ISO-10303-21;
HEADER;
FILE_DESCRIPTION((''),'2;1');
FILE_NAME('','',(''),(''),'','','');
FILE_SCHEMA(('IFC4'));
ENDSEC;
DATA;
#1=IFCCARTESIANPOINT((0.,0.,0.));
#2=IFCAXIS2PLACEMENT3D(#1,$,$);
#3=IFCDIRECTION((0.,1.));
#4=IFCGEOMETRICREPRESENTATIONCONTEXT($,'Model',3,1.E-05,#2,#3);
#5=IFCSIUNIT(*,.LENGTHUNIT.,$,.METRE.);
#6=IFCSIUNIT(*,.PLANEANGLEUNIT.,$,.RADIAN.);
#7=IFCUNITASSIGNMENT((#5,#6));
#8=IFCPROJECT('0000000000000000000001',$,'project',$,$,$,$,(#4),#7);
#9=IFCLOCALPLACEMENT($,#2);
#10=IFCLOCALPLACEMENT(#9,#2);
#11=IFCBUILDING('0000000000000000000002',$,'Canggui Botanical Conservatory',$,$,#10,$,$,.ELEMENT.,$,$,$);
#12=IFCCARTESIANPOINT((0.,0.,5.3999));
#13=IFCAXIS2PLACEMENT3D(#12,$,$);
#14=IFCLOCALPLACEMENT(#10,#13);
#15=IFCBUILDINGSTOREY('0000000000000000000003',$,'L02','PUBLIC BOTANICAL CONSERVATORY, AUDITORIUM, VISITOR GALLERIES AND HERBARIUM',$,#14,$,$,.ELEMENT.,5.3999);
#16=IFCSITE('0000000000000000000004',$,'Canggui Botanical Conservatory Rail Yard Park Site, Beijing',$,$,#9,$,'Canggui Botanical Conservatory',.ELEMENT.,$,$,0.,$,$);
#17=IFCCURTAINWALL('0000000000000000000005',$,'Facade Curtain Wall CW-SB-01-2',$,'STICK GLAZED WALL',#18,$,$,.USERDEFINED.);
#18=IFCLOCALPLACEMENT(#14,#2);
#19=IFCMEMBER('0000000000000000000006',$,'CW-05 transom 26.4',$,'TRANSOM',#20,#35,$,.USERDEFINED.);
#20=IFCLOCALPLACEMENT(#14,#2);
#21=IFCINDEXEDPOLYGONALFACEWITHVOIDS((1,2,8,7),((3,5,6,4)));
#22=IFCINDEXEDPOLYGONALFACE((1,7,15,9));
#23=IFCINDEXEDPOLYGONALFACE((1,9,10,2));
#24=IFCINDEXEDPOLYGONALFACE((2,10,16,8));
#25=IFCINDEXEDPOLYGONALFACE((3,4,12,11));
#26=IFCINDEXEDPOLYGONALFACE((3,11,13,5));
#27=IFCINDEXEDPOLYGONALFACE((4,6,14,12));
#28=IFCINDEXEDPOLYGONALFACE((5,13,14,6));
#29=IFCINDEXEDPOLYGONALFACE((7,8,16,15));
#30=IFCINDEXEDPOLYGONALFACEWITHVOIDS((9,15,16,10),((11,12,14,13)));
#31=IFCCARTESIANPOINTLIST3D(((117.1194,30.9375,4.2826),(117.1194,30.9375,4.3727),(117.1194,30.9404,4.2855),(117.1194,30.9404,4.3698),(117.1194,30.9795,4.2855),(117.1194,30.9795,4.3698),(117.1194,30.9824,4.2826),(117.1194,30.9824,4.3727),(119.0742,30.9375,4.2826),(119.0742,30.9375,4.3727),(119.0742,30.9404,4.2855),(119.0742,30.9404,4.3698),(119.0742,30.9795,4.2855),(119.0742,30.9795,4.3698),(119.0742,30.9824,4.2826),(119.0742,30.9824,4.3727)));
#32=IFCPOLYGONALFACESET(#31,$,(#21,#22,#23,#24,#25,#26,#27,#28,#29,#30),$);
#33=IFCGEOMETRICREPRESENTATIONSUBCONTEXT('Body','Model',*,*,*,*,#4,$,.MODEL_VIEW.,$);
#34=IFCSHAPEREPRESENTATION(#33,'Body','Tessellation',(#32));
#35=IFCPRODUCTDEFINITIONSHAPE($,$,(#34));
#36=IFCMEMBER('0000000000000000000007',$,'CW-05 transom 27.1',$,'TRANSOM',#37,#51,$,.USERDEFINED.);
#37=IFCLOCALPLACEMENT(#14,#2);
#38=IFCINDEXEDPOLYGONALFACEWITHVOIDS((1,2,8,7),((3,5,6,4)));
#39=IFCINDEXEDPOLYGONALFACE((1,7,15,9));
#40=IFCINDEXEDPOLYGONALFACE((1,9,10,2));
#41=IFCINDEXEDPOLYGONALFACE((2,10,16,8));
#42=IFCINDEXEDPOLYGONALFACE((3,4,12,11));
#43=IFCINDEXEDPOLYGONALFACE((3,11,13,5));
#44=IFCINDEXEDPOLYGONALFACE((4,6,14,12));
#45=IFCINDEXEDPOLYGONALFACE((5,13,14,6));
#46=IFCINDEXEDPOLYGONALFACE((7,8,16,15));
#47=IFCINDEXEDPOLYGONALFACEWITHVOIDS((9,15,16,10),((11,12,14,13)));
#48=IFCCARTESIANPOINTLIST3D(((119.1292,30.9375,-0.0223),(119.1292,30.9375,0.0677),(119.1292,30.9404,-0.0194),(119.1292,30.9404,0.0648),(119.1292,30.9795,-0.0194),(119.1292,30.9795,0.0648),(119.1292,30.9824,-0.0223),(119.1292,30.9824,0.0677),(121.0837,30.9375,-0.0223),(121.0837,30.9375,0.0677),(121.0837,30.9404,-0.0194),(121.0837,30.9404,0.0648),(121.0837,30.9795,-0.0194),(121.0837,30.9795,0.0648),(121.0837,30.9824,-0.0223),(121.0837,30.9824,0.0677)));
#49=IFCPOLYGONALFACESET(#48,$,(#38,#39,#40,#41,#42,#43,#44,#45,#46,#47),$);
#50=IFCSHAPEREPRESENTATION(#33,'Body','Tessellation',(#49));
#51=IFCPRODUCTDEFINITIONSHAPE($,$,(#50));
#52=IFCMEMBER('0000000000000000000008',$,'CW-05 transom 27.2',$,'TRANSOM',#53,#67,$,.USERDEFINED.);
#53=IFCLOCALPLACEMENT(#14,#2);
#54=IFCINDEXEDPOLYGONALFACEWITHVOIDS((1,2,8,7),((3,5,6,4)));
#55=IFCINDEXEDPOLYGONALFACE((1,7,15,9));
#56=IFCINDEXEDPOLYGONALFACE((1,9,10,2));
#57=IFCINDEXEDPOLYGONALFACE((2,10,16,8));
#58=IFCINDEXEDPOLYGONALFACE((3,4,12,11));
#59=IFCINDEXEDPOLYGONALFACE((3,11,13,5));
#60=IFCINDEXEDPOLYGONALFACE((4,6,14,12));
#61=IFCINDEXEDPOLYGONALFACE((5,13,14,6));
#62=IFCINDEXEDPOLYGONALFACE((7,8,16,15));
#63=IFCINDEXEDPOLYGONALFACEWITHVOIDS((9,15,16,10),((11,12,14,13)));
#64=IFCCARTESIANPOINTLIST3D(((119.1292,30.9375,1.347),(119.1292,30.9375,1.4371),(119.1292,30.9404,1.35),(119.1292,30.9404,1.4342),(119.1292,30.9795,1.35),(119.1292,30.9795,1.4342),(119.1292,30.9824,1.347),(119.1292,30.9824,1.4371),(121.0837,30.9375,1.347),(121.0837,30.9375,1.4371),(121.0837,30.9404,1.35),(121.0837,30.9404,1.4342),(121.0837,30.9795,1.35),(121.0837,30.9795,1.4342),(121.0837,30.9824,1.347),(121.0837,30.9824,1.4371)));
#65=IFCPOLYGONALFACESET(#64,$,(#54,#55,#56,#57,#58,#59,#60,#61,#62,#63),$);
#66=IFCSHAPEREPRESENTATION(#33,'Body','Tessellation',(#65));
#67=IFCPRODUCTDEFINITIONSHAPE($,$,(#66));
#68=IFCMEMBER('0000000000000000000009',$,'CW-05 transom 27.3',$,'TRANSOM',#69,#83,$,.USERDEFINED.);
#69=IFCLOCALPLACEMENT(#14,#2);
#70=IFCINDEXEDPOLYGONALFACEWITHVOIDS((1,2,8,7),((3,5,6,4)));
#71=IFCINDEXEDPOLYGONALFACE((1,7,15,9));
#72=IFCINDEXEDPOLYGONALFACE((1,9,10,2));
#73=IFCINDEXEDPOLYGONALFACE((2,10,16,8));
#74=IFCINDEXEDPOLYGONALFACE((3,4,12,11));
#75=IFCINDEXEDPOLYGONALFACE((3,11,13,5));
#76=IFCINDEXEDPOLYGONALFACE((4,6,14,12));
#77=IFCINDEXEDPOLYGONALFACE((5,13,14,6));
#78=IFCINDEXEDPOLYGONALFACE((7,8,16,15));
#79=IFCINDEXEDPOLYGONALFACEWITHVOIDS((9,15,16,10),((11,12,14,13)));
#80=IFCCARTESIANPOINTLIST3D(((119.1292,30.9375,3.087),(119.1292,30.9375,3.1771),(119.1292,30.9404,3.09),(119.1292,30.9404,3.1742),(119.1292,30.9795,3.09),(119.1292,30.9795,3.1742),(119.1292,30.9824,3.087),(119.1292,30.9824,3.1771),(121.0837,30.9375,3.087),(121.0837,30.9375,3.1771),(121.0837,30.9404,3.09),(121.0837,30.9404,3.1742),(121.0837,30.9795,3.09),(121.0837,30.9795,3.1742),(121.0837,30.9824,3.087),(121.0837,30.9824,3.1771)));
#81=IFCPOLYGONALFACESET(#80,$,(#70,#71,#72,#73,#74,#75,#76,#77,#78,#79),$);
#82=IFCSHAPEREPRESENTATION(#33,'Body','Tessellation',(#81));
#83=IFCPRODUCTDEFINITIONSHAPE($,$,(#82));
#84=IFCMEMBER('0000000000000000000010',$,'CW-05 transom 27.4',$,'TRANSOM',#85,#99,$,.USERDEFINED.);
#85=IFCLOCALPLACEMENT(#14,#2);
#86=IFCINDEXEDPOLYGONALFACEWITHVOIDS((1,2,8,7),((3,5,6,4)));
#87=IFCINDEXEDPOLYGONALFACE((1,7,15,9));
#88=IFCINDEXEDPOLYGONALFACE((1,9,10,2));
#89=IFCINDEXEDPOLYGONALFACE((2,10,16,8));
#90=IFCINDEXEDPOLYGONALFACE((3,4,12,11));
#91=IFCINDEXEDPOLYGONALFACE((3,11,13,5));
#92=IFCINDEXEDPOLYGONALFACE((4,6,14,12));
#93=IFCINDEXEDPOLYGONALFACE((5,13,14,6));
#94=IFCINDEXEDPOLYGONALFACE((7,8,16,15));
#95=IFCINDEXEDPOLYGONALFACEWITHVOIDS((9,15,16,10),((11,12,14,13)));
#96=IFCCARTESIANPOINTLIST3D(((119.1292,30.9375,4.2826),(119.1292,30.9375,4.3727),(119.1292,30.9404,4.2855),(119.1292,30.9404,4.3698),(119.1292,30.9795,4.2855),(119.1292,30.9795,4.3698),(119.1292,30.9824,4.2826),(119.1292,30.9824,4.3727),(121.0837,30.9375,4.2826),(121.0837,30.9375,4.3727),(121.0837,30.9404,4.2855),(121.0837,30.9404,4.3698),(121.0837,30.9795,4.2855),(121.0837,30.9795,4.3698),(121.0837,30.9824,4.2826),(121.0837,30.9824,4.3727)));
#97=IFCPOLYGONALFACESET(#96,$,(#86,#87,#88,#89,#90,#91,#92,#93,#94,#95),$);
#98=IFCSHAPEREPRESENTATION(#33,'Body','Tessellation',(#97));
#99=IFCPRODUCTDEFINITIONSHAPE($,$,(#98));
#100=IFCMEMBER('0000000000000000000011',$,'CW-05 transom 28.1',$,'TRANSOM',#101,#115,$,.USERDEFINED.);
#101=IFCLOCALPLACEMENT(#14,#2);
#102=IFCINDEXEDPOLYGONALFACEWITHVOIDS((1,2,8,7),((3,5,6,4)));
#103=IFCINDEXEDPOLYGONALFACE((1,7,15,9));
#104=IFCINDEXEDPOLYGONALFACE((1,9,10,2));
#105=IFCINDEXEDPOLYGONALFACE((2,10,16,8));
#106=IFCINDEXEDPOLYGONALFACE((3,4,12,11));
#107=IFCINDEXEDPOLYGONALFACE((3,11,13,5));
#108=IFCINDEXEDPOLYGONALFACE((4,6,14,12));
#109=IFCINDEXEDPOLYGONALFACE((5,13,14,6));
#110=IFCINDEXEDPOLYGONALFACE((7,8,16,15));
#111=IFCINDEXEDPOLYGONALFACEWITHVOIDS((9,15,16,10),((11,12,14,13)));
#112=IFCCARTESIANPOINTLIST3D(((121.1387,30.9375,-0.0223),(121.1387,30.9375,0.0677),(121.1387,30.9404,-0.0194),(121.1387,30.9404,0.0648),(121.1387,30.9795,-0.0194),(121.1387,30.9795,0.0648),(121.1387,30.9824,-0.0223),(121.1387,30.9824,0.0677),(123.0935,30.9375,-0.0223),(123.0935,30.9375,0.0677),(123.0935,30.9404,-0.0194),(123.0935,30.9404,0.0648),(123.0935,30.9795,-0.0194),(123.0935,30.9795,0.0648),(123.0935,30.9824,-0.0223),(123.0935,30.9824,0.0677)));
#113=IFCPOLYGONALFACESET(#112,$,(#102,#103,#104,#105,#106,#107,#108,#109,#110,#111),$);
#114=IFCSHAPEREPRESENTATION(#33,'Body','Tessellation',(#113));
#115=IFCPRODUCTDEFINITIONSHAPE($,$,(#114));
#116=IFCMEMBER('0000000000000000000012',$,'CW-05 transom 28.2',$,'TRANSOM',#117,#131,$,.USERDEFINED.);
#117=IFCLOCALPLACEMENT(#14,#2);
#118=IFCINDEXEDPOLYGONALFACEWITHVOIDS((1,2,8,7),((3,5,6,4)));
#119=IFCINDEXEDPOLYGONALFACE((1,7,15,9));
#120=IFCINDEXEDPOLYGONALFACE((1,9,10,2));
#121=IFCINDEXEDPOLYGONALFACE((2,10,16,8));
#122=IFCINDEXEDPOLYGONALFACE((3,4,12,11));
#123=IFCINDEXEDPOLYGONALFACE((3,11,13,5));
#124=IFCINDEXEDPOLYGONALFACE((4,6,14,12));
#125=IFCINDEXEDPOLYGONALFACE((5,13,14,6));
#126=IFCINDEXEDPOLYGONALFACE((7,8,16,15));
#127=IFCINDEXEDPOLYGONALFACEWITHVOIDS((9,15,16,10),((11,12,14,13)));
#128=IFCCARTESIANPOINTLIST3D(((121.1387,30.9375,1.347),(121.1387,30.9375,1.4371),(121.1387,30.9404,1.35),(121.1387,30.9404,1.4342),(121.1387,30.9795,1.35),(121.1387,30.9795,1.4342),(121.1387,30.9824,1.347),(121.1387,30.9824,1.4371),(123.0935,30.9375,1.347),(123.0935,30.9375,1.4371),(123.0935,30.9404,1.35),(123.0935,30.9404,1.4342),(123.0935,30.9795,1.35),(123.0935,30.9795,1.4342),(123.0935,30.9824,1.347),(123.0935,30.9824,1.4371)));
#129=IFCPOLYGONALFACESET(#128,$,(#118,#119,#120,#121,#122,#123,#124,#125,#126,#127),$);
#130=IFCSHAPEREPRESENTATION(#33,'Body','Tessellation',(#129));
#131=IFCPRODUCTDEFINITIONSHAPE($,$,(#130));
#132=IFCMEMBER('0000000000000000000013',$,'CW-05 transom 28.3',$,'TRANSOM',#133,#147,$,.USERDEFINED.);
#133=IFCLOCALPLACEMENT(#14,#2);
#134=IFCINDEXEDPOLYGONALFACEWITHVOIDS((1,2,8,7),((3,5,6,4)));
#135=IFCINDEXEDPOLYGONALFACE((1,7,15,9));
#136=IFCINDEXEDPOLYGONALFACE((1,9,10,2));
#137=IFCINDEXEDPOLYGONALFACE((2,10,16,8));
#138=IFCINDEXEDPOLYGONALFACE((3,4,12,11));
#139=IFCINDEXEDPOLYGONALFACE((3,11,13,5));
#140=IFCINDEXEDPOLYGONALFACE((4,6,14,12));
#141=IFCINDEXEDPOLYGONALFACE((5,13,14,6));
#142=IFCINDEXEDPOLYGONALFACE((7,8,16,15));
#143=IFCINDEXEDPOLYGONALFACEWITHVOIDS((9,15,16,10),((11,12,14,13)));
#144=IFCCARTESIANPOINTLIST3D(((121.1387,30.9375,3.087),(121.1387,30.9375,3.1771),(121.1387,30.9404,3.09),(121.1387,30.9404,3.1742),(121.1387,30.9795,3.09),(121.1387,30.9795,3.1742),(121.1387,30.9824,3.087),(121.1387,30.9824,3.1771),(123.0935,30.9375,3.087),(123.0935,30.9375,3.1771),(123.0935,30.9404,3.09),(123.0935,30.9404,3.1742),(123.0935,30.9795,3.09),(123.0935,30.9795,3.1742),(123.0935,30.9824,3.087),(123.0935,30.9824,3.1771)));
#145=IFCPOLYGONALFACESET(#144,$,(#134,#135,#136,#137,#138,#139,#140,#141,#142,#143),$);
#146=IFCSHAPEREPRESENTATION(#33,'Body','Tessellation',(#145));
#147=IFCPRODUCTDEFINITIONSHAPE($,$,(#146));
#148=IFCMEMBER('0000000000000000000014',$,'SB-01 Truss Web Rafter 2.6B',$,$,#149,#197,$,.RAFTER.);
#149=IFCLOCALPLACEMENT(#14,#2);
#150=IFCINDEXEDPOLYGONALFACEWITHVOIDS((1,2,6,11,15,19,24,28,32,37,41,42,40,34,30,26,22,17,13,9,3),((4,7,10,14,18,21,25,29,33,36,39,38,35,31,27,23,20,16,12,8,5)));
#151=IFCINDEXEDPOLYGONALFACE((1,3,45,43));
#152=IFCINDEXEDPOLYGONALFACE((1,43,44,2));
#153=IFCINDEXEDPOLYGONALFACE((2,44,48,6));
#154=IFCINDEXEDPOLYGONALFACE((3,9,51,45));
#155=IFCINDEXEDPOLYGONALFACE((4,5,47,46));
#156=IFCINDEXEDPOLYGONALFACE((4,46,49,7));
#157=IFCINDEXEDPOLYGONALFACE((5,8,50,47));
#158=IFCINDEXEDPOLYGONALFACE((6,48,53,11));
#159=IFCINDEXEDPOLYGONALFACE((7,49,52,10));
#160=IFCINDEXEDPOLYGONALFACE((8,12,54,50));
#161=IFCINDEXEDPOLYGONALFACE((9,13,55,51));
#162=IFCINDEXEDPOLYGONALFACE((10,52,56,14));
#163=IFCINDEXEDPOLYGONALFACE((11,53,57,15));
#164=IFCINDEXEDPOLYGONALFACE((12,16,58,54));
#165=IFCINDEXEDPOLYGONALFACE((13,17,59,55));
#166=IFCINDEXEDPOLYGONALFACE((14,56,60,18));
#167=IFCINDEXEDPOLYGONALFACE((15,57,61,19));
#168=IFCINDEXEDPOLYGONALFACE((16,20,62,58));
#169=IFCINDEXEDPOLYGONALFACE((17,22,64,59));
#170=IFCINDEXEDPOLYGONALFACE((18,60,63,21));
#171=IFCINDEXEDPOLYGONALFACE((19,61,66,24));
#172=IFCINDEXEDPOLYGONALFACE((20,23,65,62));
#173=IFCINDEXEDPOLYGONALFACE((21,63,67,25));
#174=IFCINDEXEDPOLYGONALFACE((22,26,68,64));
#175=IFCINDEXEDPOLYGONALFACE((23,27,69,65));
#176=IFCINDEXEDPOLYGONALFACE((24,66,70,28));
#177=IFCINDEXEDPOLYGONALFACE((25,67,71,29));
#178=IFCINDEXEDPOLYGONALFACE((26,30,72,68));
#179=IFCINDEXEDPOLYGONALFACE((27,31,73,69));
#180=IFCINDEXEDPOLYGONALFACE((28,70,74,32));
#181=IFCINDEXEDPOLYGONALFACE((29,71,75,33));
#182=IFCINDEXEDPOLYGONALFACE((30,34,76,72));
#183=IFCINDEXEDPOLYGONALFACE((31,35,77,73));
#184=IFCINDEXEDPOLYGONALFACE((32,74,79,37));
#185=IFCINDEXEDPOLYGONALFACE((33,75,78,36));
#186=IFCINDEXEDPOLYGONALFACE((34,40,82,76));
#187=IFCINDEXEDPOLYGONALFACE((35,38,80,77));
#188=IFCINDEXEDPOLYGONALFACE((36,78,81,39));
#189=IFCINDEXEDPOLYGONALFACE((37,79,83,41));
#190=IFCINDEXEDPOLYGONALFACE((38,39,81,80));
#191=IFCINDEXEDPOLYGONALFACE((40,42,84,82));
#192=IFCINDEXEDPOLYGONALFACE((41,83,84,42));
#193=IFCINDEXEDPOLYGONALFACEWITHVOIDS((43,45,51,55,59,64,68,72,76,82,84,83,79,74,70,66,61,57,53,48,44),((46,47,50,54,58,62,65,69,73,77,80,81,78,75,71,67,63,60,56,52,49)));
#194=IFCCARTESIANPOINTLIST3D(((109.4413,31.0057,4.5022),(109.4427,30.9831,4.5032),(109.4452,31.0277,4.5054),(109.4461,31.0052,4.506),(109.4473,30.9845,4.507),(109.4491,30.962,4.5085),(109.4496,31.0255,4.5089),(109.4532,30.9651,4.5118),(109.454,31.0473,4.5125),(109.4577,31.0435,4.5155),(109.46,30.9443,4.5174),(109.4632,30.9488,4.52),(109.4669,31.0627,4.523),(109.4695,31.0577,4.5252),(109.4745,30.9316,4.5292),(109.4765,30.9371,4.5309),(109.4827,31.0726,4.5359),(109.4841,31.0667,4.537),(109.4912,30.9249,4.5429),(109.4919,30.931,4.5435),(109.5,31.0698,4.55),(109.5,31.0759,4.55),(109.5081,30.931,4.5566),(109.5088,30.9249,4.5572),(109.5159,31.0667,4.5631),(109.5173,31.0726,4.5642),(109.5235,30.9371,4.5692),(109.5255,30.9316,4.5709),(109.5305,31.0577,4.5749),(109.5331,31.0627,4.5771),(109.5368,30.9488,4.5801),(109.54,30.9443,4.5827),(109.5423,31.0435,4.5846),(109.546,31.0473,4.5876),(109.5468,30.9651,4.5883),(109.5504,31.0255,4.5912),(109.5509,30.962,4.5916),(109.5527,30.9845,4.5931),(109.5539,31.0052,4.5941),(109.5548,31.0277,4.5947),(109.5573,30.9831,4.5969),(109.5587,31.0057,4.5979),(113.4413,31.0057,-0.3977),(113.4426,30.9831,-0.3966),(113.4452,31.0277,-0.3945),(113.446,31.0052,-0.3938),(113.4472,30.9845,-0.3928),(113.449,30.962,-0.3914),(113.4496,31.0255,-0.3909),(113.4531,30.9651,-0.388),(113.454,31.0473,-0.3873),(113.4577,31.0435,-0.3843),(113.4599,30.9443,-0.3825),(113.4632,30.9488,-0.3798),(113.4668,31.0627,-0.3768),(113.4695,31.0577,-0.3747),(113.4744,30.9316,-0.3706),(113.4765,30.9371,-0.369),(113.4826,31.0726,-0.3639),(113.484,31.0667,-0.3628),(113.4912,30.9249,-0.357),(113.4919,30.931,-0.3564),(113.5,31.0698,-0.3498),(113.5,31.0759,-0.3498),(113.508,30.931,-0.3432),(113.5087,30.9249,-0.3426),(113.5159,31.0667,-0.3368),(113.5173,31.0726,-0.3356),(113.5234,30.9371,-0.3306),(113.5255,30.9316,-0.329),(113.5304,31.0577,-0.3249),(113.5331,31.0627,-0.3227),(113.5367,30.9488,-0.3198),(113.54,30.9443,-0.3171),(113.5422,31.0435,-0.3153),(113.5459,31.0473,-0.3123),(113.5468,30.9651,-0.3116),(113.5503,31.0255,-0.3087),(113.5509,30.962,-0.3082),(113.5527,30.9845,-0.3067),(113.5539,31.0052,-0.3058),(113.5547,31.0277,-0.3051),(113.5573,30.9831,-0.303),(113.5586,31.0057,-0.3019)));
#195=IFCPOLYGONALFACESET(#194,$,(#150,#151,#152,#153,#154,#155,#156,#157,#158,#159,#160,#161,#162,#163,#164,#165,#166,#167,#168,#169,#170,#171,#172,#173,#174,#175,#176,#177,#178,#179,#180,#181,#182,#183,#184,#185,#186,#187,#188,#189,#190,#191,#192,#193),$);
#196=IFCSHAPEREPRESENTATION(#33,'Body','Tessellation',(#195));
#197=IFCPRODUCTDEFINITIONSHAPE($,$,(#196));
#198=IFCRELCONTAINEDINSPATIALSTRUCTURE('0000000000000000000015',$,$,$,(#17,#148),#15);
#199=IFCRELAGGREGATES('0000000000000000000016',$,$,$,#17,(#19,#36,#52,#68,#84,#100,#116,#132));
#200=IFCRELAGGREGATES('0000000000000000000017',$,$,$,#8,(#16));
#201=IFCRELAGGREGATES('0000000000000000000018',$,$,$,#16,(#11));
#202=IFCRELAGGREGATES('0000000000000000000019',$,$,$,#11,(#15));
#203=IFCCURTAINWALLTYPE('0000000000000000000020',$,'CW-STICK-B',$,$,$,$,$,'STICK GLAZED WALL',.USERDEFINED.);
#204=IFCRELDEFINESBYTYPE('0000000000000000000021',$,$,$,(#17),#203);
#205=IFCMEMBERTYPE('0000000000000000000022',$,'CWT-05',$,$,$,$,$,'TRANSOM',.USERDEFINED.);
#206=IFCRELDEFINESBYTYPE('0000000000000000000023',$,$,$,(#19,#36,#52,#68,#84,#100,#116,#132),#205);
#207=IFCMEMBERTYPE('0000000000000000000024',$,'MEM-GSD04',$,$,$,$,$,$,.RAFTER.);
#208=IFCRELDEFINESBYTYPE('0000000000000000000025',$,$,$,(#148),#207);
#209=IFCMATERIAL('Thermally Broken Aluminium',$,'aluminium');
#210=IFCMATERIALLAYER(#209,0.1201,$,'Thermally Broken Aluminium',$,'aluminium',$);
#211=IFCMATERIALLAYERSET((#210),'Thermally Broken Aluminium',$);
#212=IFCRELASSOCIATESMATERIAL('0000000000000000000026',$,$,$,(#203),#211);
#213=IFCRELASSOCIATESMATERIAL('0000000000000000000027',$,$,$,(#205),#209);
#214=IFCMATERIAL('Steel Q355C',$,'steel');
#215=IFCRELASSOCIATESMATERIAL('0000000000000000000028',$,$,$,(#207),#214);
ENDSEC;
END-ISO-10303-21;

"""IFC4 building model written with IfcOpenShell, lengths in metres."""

from ifc_helpers import new_model, si_unit, direction, frame, origin, origin_2d, place, context, subcontext, project, spatial, hollow_rectangle, hollow_circle, extrude, material, layer, layer_set, material_profile, profile_set, type_object, element, aggregate, save


model = new_model("IFC4")

# Units and contexts
model_context = context("Model", 3, precision=1e-05, world=origin(), true_north=direction((0.0, 1.0)))
body_context = subcontext(model_context, "Body", "Model", "MODEL_VIEW")
ifc_project = project(units=[si_unit("LENGTHUNIT", "METRE"), si_unit("PLANEANGLEUNIT", "RADIAN")], contexts=[model_context])

# Site, building, storey
site_placement = place(None, origin())
site = spatial("IfcSite", under=ifc_project, at=site_placement, Name="Canggui Botanical Conservatory Rail Yard Park Site, Beijing", LongName="Canggui Botanical Conservatory", CompositionType="ELEMENT", RefElevation=0.0)
building_placement = place(site_placement, origin())
building = spatial("IfcBuilding", under=site, at=building_placement, Name="Canggui Botanical Conservatory", CompositionType="ELEMENT")
storey_placement = place(building_placement, frame((0.0, 0.0, 5.3999)))
storey = spatial("IfcBuildingStorey", under=building, at=storey_placement, Name="L02", Description="PUBLIC BOTANICAL CONSERVATORY, AUDITORIUM, VISITOR GALLERIES AND HERBARIUM", CompositionType="ELEMENT", Elevation=5.3999)

# Curtain wall, members
ifc_material_1 = material(Name="Thermally Broken Aluminium", Category="aluminium")
ifc_layer_1 = layer(ifc_material_1, 0.1201, Name="Thermally Broken Aluminium", Category="aluminium")
ifc_layer_set_1 = layer_set([ifc_layer_1], Name="Thermally Broken Aluminium")
curtain_wall_type = type_object("IfcCurtainWallType", Name="CW-STICK-B", ElementType="STICK GLAZED WALL", PredefinedType="USERDEFINED", material=ifc_layer_set_1)
curtain_wall_placement = place(storey_placement, origin())
curtain_wall = element("IfcCurtainWall", 1, at=curtain_wall_placement, inside=storey, type_object=curtain_wall_type, Name="Facade Curtain Wall CW-SB-01-2", ObjectType="STICK GLAZED WALL", PredefinedType="USERDEFINED")
ifc_material_profile_1 = material_profile(ifc_material_1, hollow_rectangle(XDim=0.0449, YDim=0.0901, WallThickness=0.0029, at=origin_2d()), Name="CWT 45x90x3")
ifc_profile_set_1 = profile_set([ifc_material_profile_1], Name="Thermally Broken Aluminium")
member_type_1 = type_object("IfcMemberType", Name="CWT-05", ElementType="TRANSOM", PredefinedType="USERDEFINED", material=ifc_profile_set_1)
member_1_placement = place(storey_placement, frame((117.1194, 30.96, 4.3276), z_axis=(1.0, 0.0, 0.0), x_axis=(0.0, 1.0, 0.0)))
member_1 = element("IfcMember", 2, at=member_1_placement, type_object=member_type_1, Name="CW-05 transom 26.4", ObjectType="TRANSOM", PredefinedType="USERDEFINED", context=body_context, shape_type="SweptSolid", body=[
    extrude(hollow_rectangle(XDim=0.0449, YDim=0.0901, WallThickness=0.0029, at=origin_2d()), origin(), (0.0, 0.0, 1.0), 1.9548),
])
member_2_placement = place(storey_placement, frame((119.1292, 30.96, 0.0227), z_axis=(1.0, 0.0, 0.0), x_axis=(0.0, 1.0, 0.0)))
member_2 = element("IfcMember", 3, at=member_2_placement, type_object=member_type_1, Name="CW-05 transom 27.1", ObjectType="TRANSOM", PredefinedType="USERDEFINED", context=body_context, shape_type="SweptSolid", body=[
    extrude(hollow_rectangle(XDim=0.0449, YDim=0.0901, WallThickness=0.0029, at=origin_2d()), origin(), (0.0, 0.0, 1.0), 1.9546),
])
member_3_placement = place(storey_placement, frame((119.1292, 30.96, 1.3921), z_axis=(1.0, 0.0, 0.0), x_axis=(0.0, 1.0, 0.0)))
member_3 = element("IfcMember", 4, at=member_3_placement, type_object=member_type_1, Name="CW-05 transom 27.2", ObjectType="TRANSOM", PredefinedType="USERDEFINED", context=body_context, shape_type="SweptSolid", body=[
    extrude(hollow_rectangle(XDim=0.0449, YDim=0.0901, WallThickness=0.0029, at=origin_2d()), origin(), (0.0, 0.0, 1.0), 1.9546),
])
member_4_placement = place(storey_placement, frame((119.1292, 30.96, 3.1321), z_axis=(1.0, 0.0, 0.0), x_axis=(0.0, 1.0, 0.0)))
member_4 = element("IfcMember", 5, at=member_4_placement, type_object=member_type_1, Name="CW-05 transom 27.3", ObjectType="TRANSOM", PredefinedType="USERDEFINED", context=body_context, shape_type="SweptSolid", body=[
    extrude(hollow_rectangle(XDim=0.0449, YDim=0.0901, WallThickness=0.0029, at=origin_2d()), origin(), (0.0, 0.0, 1.0), 1.9546),
])
member_5_placement = place(storey_placement, frame((119.1292, 30.96, 4.3276), z_axis=(1.0, 0.0, 0.0), x_axis=(0.0, 1.0, 0.0)))
member_5 = element("IfcMember", 6, at=member_5_placement, type_object=member_type_1, Name="CW-05 transom 27.4", ObjectType="TRANSOM", PredefinedType="USERDEFINED", context=body_context, shape_type="SweptSolid", body=[
    extrude(hollow_rectangle(XDim=0.0449, YDim=0.0901, WallThickness=0.0029, at=origin_2d()), origin(), (0.0, 0.0, 1.0), 1.9546),
])
member_6_placement = place(storey_placement, frame((121.1387, 30.96, 0.0227), z_axis=(1.0, 0.0, 0.0), x_axis=(0.0, 1.0, 0.0)))
member_6 = element("IfcMember", 7, at=member_6_placement, type_object=member_type_1, Name="CW-05 transom 28.1", ObjectType="TRANSOM", PredefinedType="USERDEFINED", context=body_context, shape_type="SweptSolid", body=[
    extrude(hollow_rectangle(XDim=0.0449, YDim=0.0901, WallThickness=0.0029, at=origin_2d()), origin(), (0.0, 0.0, 1.0), 1.9548),
])
member_7_placement = place(storey_placement, frame((121.1387, 30.96, 1.3921), z_axis=(1.0, 0.0, 0.0), x_axis=(0.0, 1.0, 0.0)))
member_7 = element("IfcMember", 8, at=member_7_placement, type_object=member_type_1, Name="CW-05 transom 28.2", ObjectType="TRANSOM", PredefinedType="USERDEFINED", context=body_context, shape_type="SweptSolid", body=[
    extrude(hollow_rectangle(XDim=0.0449, YDim=0.0901, WallThickness=0.0029, at=origin_2d()), origin(), (0.0, 0.0, 1.0), 1.9548),
])
member_8_placement = place(storey_placement, frame((121.1387, 30.96, 3.1321), z_axis=(1.0, 0.0, 0.0), x_axis=(0.0, 1.0, 0.0)))
member_8 = element("IfcMember", 9, at=member_8_placement, type_object=member_type_1, Name="CW-05 transom 28.3", ObjectType="TRANSOM", PredefinedType="USERDEFINED", context=body_context, shape_type="SweptSolid", body=[
    extrude(hollow_rectangle(XDim=0.0449, YDim=0.0901, WallThickness=0.0029, at=origin_2d()), origin(), (0.0, 0.0, 1.0), 1.9548),
])

# Member
ifc_material_2 = material(Name="Steel Q355C", Category="steel")
ifc_material_profile_2 = material_profile(ifc_material_2, hollow_circle(Radius=0.0759, WallThickness=0.0061, at=origin_2d()), Name="CHS 152x6")
ifc_profile_set_2 = profile_set([ifc_material_profile_2], Name="Steel Q355C")
member_type_2 = type_object("IfcMemberType", Name="MEM-GSD04", PredefinedType="RAFTER", material=ifc_profile_set_2)
member_9_placement = place(storey_placement, frame((109.5, 31.0, 4.55), z_axis=(0.632384, 0.0, -0.774655), x_axis=(0.0, 1.0, 0.0)))
element("IfcMember", 10, at=member_9_placement, inside=storey, type_object=member_type_2, Name="SB-01 Truss Web Rafter 2.6B", PredefinedType="RAFTER", context=body_context, shape_type="SweptSolid", body=[
    extrude(hollow_circle(Radius=0.0759, WallThickness=0.0061, at=origin_2d()), origin(), (0.0, 0.0, 1.0), 6.3252),
])

aggregate(curtain_wall, [member_1, member_2, member_3, member_4, member_5, member_6, member_7, member_8])

save(model, "model.ifc")
